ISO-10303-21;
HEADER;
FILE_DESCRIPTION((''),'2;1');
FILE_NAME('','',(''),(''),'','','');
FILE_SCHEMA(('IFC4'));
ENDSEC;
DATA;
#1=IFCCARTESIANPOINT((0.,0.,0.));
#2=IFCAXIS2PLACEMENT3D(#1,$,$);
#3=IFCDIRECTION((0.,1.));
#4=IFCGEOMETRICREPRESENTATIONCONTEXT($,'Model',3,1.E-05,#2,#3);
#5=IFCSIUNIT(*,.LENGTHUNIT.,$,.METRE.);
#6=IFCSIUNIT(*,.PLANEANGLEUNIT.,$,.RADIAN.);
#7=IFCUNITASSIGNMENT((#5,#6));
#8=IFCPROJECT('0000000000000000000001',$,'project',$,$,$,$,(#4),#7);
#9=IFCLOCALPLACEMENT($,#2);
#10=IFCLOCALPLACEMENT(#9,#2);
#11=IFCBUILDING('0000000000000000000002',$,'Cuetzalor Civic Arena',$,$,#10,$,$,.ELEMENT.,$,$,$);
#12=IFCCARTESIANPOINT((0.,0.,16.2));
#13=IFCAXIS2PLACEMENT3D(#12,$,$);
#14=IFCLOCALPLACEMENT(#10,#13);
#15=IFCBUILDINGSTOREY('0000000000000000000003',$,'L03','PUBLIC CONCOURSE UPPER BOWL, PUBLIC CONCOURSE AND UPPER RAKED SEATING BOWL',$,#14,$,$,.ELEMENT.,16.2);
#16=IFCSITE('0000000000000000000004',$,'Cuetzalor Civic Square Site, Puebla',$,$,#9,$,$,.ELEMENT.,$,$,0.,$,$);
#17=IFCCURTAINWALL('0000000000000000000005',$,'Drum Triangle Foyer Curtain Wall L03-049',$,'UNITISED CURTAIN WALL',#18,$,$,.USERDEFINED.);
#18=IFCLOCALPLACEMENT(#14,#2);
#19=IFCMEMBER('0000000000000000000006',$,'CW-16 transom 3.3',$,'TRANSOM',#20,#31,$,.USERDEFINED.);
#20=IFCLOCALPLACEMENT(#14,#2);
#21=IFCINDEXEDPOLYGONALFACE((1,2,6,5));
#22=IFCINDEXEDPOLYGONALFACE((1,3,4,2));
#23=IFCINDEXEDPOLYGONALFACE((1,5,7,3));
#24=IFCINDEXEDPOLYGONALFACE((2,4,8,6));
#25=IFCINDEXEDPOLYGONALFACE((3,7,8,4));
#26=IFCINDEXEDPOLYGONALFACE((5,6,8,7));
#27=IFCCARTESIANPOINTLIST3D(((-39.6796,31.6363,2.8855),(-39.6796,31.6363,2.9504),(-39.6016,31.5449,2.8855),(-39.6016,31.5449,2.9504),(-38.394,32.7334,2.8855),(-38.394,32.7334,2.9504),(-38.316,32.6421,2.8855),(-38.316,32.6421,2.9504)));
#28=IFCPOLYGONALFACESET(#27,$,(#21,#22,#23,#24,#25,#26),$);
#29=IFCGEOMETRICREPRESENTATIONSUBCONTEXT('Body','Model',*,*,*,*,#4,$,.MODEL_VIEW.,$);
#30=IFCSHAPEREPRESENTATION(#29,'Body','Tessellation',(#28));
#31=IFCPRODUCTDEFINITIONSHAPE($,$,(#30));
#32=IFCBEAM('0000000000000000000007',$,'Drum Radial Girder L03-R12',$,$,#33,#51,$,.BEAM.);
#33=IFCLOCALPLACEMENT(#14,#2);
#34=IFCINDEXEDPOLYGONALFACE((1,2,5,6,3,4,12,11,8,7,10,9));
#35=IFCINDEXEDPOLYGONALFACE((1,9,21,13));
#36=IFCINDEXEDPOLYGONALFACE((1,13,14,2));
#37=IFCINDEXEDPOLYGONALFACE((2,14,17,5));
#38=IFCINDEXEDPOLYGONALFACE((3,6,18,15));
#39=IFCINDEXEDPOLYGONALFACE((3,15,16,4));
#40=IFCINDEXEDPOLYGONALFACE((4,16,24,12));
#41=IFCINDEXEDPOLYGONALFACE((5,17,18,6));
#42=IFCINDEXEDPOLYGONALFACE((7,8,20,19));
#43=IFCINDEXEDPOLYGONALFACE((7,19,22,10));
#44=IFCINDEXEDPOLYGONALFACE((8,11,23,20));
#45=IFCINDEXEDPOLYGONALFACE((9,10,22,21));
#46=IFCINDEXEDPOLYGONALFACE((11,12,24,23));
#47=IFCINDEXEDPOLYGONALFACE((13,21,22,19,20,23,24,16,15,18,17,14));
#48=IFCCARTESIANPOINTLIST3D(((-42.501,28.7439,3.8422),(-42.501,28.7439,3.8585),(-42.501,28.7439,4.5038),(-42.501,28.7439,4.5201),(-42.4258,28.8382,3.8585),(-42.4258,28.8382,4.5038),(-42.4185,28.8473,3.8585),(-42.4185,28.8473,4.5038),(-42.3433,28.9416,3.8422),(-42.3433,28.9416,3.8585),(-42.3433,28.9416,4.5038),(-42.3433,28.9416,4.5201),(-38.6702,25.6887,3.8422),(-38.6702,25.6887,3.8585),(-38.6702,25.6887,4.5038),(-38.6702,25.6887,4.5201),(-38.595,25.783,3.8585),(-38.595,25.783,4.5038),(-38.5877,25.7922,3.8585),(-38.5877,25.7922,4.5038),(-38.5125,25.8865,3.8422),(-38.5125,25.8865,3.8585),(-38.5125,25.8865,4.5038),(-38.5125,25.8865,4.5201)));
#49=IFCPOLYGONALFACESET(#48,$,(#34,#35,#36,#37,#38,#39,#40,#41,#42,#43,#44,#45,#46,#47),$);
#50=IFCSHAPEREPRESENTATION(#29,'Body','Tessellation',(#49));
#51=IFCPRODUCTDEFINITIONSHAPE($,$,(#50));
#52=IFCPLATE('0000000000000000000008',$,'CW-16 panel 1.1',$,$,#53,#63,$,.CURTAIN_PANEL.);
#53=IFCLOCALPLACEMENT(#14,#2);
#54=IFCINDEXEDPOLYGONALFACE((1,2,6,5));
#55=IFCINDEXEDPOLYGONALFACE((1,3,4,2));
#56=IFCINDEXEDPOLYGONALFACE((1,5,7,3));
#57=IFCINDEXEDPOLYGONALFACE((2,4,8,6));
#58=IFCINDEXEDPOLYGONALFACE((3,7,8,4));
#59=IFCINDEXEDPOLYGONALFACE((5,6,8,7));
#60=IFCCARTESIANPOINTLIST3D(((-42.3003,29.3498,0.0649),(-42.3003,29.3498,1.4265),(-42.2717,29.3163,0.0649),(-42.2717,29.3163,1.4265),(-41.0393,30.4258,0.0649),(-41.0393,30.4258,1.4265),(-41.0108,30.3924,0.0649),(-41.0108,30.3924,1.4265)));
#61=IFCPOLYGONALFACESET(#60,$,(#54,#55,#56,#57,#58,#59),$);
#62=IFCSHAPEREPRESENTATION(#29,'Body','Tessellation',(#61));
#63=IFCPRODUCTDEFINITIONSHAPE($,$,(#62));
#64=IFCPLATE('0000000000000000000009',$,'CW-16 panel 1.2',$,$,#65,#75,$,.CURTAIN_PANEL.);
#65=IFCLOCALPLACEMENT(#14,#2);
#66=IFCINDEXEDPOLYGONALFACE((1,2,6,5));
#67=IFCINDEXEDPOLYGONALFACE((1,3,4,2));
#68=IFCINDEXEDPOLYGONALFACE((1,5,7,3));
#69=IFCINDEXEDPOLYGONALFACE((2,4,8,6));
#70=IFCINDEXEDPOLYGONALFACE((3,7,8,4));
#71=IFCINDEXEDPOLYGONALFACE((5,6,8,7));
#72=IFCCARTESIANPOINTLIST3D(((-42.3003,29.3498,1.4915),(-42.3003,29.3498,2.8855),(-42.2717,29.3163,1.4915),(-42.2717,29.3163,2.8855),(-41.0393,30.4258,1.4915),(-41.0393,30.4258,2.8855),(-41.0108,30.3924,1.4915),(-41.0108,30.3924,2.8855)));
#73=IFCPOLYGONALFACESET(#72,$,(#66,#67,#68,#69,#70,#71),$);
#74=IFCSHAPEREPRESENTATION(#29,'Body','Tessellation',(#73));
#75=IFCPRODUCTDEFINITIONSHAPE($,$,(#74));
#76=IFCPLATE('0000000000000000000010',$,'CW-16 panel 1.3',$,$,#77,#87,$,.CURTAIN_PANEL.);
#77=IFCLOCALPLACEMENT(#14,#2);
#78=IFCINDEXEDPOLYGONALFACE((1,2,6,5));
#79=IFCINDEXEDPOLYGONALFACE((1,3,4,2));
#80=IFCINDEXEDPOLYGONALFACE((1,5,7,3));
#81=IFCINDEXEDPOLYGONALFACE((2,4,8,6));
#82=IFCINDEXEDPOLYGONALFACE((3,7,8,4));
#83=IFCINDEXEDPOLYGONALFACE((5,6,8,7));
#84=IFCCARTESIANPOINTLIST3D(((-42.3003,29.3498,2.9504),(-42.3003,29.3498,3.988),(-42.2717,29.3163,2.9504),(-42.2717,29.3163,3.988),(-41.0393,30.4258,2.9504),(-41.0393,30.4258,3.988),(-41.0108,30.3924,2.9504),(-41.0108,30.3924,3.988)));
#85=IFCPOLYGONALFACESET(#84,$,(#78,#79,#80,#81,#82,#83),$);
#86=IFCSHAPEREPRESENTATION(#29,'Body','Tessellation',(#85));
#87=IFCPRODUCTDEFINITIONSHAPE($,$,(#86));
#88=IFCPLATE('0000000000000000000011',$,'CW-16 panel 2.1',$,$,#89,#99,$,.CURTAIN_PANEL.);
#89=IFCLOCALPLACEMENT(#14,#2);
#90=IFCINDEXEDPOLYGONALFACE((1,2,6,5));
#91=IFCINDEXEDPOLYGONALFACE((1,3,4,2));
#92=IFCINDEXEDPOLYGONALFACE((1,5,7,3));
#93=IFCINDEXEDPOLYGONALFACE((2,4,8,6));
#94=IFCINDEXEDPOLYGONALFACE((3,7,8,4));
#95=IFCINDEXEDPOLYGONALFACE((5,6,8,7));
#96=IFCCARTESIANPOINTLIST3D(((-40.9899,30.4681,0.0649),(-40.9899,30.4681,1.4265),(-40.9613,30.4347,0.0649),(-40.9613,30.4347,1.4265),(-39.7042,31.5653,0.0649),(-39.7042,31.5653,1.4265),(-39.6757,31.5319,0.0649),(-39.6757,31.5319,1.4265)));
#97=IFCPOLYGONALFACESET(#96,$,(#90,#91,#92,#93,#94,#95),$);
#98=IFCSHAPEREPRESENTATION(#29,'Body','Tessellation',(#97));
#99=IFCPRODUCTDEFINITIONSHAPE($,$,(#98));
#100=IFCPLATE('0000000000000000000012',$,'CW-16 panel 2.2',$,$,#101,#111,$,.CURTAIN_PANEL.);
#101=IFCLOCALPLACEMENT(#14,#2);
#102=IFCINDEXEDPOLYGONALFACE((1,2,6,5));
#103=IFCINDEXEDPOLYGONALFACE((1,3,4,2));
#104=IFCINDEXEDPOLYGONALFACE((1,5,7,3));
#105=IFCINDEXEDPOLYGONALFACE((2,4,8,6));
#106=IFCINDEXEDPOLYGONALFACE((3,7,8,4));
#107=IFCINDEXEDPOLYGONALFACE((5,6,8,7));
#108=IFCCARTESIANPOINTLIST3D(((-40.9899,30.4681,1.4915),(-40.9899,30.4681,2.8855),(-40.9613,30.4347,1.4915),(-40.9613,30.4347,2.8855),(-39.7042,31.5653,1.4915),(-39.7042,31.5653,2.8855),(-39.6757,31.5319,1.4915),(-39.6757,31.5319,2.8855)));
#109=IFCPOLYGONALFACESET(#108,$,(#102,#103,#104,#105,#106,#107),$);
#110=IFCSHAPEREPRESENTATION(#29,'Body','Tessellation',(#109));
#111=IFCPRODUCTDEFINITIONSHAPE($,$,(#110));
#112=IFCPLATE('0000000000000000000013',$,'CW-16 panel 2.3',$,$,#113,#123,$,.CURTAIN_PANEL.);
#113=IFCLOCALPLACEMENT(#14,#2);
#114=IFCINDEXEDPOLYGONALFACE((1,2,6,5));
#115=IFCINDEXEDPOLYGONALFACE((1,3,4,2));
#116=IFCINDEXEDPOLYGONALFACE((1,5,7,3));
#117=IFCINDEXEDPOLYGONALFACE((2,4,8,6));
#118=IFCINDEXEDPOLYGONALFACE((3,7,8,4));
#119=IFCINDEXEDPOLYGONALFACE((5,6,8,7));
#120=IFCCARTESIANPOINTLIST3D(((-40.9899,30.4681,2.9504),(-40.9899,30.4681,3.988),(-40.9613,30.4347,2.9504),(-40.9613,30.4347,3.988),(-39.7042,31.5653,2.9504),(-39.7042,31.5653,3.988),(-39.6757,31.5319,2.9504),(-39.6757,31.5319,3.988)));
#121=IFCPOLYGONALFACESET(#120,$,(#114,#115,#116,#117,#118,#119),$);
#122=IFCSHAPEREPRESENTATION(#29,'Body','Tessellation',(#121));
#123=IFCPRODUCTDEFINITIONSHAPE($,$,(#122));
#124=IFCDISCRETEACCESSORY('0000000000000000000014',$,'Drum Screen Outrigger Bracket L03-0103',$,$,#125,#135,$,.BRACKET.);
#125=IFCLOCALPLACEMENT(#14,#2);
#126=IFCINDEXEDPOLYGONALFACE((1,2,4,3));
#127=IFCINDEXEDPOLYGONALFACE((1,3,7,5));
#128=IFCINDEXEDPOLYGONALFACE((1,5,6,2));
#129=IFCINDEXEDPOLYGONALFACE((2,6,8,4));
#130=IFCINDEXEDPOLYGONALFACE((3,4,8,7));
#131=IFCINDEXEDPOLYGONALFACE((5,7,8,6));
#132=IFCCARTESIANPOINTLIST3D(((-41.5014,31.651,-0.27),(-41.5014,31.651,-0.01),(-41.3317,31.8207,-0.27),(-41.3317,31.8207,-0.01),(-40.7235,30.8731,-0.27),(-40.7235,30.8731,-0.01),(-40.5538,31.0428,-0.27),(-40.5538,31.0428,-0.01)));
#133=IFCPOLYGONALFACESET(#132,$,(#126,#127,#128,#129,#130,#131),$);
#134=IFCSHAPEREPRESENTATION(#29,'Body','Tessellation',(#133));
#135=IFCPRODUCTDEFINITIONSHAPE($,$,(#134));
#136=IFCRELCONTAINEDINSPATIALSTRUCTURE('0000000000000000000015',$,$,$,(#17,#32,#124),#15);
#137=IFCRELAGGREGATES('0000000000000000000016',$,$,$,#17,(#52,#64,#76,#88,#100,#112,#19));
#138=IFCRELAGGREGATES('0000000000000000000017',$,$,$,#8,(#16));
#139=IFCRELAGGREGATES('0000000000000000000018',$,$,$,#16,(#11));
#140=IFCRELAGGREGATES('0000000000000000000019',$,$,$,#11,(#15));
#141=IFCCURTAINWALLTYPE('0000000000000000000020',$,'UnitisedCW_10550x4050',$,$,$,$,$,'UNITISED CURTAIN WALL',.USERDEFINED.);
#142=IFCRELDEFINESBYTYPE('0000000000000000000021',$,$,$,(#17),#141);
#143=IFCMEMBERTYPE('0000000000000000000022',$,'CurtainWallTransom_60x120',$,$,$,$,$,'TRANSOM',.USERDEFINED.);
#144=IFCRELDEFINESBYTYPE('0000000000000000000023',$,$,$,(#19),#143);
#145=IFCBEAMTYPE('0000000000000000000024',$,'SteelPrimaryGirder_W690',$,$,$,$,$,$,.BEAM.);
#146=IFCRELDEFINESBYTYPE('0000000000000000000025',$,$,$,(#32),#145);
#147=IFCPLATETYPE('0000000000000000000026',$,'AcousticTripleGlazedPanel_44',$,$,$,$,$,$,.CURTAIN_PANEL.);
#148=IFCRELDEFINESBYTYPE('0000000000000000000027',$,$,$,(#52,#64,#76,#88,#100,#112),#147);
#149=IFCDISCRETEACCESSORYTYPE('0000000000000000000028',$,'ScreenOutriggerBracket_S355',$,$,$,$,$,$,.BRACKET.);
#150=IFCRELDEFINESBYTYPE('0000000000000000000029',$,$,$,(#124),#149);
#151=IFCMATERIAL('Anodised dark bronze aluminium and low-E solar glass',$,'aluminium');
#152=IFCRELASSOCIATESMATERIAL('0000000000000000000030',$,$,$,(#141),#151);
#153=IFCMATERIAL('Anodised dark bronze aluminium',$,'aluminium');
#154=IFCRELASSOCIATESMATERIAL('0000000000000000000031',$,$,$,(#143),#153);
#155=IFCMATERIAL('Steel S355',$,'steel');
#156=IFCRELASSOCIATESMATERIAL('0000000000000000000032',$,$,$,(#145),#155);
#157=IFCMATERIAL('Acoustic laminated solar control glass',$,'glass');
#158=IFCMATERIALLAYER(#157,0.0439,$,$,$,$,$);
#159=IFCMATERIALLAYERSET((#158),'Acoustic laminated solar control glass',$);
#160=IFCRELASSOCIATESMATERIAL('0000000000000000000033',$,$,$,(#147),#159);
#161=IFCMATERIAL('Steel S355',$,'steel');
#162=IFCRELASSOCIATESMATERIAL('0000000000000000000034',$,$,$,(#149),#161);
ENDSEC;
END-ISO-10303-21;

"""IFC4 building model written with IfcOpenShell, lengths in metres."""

from ifc_helpers import new_model, si_unit, direction, frame, origin, origin_2d, place, context, subcontext, project, spatial, rectangle, i_section, extrude, material, layer, layer_set, material_profile, profile_set, type_object, element, aggregate, save


model = new_model("IFC4")

# Units and contexts
model_context = context("Model", 3, precision=1e-05, world=origin(), true_north=direction((0.0, 1.0)))
body_context = subcontext(model_context, "Body", "Model", "MODEL_VIEW")
ifc_project = project(units=[si_unit("LENGTHUNIT", "METRE"), si_unit("PLANEANGLEUNIT", "RADIAN")], contexts=[model_context])

# Site, building, storey
site_placement = place(None, origin())
site = spatial("IfcSite", under=ifc_project, at=site_placement, Name="Cuetzalor Civic Square Site, Puebla", CompositionType="ELEMENT", RefElevation=0.0)
building_placement = place(site_placement, origin())
building = spatial("IfcBuilding", under=site, at=building_placement, Name="Cuetzalor Civic Arena", CompositionType="ELEMENT")
storey_placement = place(building_placement, frame((0.0, 0.0, 16.2)))
storey = spatial("IfcBuildingStorey", under=building, at=storey_placement, Name="L03", Description="PUBLIC CONCOURSE UPPER BOWL, PUBLIC CONCOURSE AND UPPER RAKED SEATING BOWL", CompositionType="ELEMENT", Elevation=16.2)

# Curtain wall, member
ifc_material_1 = material(Name="Anodised dark bronze aluminium and low-E solar glass", Category="aluminium")
curtain_wall_type = type_object("IfcCurtainWallType", Name="UnitisedCW_10550x4050", ElementType="UNITISED CURTAIN WALL", PredefinedType="USERDEFINED", material=ifc_material_1)
curtain_wall_placement = place(storey_placement, origin())
curtain_wall = element("IfcCurtainWall", 1, at=curtain_wall_placement, inside=storey, type_object=curtain_wall_type, Name="Drum Triangle Foyer Curtain Wall L03-049", ObjectType="UNITISED CURTAIN WALL", PredefinedType="USERDEFINED")
ifc_material_2 = material(Name="Anodised dark bronze aluminium", Category="aluminium")
ifc_material_profile_1 = material_profile(ifc_material_2, rectangle(XDim=0.1201, YDim=0.0649, at=origin_2d()), Name="ALU TRANSOM 65x120")
ifc_profile_set_1 = profile_set([ifc_material_profile_1], Name="Anodised dark bronze aluminium")
member_type_1 = type_object("IfcMemberType", Name="CurtainWallTransom_60x120", ElementType="TRANSOM", PredefinedType="USERDEFINED", material=ifc_profile_set_1)
member_1_placement = place(storey_placement, frame((-39.6406, 31.5906, 2.918), z_axis=(0.760662, 0.649148, 0.0), x_axis=(-0.649148, 0.760662, 0.0)))
member_1 = element("IfcMember", 2, at=member_1_placement, type_object=member_type_1, Name="CW-16 transom 3.3", ObjectType="TRANSOM", PredefinedType="USERDEFINED", context=body_context, shape_type="SweptSolid", body=[
    extrude(rectangle(XDim=0.1201, YDim=0.0649, at=origin_2d()), origin(), (0.0, 0.0, 1.0), 1.6902),
])

# Beam
ifc_material_3 = material(Name="Steel S355", Category="steel")
ifc_material_profile_2 = material_profile(ifc_material_3, i_section(OverallWidth=0.2529, OverallDepth=0.678, WebThickness=0.0117, FlangeThickness=0.0164, at=origin_2d()), Name="W690x125")
ifc_profile_set_2 = profile_set([ifc_material_profile_2], Name="Steel S355")
beam_type = type_object("IfcBeamType", Name="SteelPrimaryGirder_W690", PredefinedType="BEAM", material=ifc_profile_set_2)
beam_placement = place(storey_placement, frame((-38.5913, 25.7876, 4.1812), z_axis=(-0.781811, 0.623516, 0.0), x_axis=(-0.623516, -0.781811, 0.0)))
element("IfcBeam", 3, at=beam_placement, inside=storey, type_object=beam_type, Name="Drum Radial Girder L03-R12", PredefinedType="BEAM", context=body_context, shape_type="SweptSolid", body=[
    extrude(i_section(OverallWidth=0.2529, OverallDepth=0.678, WebThickness=0.0117, FlangeThickness=0.0164, at=origin_2d()), origin(), (0.0, 0.0, 1.0), 4.8999),
])

# Plates
ifc_material_4 = material(Name="Acoustic laminated solar control glass", Category="glass")
ifc_layer = layer(ifc_material_4, 0.0439)
ifc_layer_set = layer_set([ifc_layer], Name="Acoustic laminated solar control glass")
plate_type = type_object("IfcPlateType", Name="AcousticTripleGlazedPanel_44", PredefinedType="CURTAIN_PANEL", material=ifc_layer_set)
plate_1_placement = place(storey_placement, frame((-41.6555, 29.8711, 0.0649), z_axis=(0.0, 0.0, 1.0), x_axis=(0.760677, 0.64913, 0.0)))
plate_1 = element("IfcPlate", 4, at=plate_1_placement, type_object=plate_type, Name="CW-16 panel 1.1", PredefinedType="CURTAIN_PANEL", context=body_context, shape_type="SweptSolid", body=[
    extrude(rectangle(XDim=1.6577, YDim=0.0439, at=origin_2d()), origin(), (0.0, 0.0, 1.0), 1.3616),
])
plate_2_placement = place(storey_placement, frame((-41.6555, 29.8711, 1.4915), z_axis=(0.0, 0.0, 1.0), x_axis=(0.760677, 0.64913, 0.0)))
plate_2 = element("IfcPlate", 5, at=plate_2_placement, type_object=plate_type, Name="CW-16 panel 1.2", PredefinedType="CURTAIN_PANEL", context=body_context, shape_type="SweptSolid", body=[
    extrude(rectangle(XDim=1.6577, YDim=0.0439, at=origin_2d()), origin(), (0.0, 0.0, 1.0), 1.394),
])
plate_3_placement = place(storey_placement, frame((-41.6555, 29.8711, 2.9504), z_axis=(0.0, 0.0, 1.0), x_axis=(0.760677, 0.64913, 0.0)))
plate_3 = element("IfcPlate", 6, at=plate_3_placement, type_object=plate_type, Name="CW-16 panel 1.3", PredefinedType="CURTAIN_PANEL", context=body_context, shape_type="SweptSolid", body=[
    extrude(rectangle(XDim=1.6577, YDim=0.0439, at=origin_2d()), origin(), (0.0, 0.0, 1.0), 1.0376),
])
plate_4_placement = place(storey_placement, frame((-40.3328, 31.0, 0.0649), z_axis=(0.0, 0.0, 1.0), x_axis=(0.760677, 0.64913, 0.0)))
plate_4 = element("IfcPlate", 7, at=plate_4_placement, type_object=plate_type, Name="CW-16 panel 2.1", PredefinedType="CURTAIN_PANEL", context=body_context, shape_type="SweptSolid", body=[
    extrude(rectangle(XDim=1.6902, YDim=0.0439, at=origin_2d()), origin(), (0.0, 0.0, 1.0), 1.3616),
])
plate_5_placement = place(storey_placement, frame((-40.3328, 31.0, 1.4915), z_axis=(0.0, 0.0, 1.0), x_axis=(0.760677, 0.64913, 0.0)))
plate_5 = element("IfcPlate", 8, at=plate_5_placement, type_object=plate_type, Name="CW-16 panel 2.2", PredefinedType="CURTAIN_PANEL", context=body_context, shape_type="SweptSolid", body=[
    extrude(rectangle(XDim=1.6902, YDim=0.0439, at=origin_2d()), origin(), (0.0, 0.0, 1.0), 1.394),
])
plate_6_placement = place(storey_placement, frame((-40.3328, 31.0, 2.9504), z_axis=(0.0, 0.0, 1.0), x_axis=(0.760677, 0.64913, 0.0)))
plate_6 = element("IfcPlate", 9, at=plate_6_placement, type_object=plate_type, Name="CW-16 panel 2.3", PredefinedType="CURTAIN_PANEL", context=body_context, shape_type="SweptSolid", body=[
    extrude(rectangle(XDim=1.6902, YDim=0.0439, at=origin_2d()), origin(), (0.0, 0.0, 1.0), 1.0376),
])
aggregate(curtain_wall, [plate_1, plate_2, plate_3, plate_4, plate_5, plate_6, member_1])

# Discrete accessory
ifc_material_5 = material(Name="Steel S355", Category="steel")
discrete_accessory_type = type_object("IfcDiscreteAccessoryType", Name="ScreenOutriggerBracket_S355", PredefinedType="BRACKET", material=ifc_material_5)
discrete_accessory_placement = place(storey_placement, frame((-41.0276, 31.3469, -0.27), z_axis=(0.0, 0.0, 1.0), x_axis=(-0.707107, 0.707107, 0.0)))
element("IfcDiscreteAccessory", 10, at=discrete_accessory_placement, inside=storey, type_object=discrete_accessory_type, Name="Drum Screen Outrigger Bracket L03-0103", PredefinedType="BRACKET", context=body_context, shape_type="SweptSolid", body=[
    extrude(rectangle(XDim=1.1001, YDim=0.24, at=origin_2d()), origin(), (0.0, 0.0, 1.0), 0.26),
])

save(model, "model.ifc")
